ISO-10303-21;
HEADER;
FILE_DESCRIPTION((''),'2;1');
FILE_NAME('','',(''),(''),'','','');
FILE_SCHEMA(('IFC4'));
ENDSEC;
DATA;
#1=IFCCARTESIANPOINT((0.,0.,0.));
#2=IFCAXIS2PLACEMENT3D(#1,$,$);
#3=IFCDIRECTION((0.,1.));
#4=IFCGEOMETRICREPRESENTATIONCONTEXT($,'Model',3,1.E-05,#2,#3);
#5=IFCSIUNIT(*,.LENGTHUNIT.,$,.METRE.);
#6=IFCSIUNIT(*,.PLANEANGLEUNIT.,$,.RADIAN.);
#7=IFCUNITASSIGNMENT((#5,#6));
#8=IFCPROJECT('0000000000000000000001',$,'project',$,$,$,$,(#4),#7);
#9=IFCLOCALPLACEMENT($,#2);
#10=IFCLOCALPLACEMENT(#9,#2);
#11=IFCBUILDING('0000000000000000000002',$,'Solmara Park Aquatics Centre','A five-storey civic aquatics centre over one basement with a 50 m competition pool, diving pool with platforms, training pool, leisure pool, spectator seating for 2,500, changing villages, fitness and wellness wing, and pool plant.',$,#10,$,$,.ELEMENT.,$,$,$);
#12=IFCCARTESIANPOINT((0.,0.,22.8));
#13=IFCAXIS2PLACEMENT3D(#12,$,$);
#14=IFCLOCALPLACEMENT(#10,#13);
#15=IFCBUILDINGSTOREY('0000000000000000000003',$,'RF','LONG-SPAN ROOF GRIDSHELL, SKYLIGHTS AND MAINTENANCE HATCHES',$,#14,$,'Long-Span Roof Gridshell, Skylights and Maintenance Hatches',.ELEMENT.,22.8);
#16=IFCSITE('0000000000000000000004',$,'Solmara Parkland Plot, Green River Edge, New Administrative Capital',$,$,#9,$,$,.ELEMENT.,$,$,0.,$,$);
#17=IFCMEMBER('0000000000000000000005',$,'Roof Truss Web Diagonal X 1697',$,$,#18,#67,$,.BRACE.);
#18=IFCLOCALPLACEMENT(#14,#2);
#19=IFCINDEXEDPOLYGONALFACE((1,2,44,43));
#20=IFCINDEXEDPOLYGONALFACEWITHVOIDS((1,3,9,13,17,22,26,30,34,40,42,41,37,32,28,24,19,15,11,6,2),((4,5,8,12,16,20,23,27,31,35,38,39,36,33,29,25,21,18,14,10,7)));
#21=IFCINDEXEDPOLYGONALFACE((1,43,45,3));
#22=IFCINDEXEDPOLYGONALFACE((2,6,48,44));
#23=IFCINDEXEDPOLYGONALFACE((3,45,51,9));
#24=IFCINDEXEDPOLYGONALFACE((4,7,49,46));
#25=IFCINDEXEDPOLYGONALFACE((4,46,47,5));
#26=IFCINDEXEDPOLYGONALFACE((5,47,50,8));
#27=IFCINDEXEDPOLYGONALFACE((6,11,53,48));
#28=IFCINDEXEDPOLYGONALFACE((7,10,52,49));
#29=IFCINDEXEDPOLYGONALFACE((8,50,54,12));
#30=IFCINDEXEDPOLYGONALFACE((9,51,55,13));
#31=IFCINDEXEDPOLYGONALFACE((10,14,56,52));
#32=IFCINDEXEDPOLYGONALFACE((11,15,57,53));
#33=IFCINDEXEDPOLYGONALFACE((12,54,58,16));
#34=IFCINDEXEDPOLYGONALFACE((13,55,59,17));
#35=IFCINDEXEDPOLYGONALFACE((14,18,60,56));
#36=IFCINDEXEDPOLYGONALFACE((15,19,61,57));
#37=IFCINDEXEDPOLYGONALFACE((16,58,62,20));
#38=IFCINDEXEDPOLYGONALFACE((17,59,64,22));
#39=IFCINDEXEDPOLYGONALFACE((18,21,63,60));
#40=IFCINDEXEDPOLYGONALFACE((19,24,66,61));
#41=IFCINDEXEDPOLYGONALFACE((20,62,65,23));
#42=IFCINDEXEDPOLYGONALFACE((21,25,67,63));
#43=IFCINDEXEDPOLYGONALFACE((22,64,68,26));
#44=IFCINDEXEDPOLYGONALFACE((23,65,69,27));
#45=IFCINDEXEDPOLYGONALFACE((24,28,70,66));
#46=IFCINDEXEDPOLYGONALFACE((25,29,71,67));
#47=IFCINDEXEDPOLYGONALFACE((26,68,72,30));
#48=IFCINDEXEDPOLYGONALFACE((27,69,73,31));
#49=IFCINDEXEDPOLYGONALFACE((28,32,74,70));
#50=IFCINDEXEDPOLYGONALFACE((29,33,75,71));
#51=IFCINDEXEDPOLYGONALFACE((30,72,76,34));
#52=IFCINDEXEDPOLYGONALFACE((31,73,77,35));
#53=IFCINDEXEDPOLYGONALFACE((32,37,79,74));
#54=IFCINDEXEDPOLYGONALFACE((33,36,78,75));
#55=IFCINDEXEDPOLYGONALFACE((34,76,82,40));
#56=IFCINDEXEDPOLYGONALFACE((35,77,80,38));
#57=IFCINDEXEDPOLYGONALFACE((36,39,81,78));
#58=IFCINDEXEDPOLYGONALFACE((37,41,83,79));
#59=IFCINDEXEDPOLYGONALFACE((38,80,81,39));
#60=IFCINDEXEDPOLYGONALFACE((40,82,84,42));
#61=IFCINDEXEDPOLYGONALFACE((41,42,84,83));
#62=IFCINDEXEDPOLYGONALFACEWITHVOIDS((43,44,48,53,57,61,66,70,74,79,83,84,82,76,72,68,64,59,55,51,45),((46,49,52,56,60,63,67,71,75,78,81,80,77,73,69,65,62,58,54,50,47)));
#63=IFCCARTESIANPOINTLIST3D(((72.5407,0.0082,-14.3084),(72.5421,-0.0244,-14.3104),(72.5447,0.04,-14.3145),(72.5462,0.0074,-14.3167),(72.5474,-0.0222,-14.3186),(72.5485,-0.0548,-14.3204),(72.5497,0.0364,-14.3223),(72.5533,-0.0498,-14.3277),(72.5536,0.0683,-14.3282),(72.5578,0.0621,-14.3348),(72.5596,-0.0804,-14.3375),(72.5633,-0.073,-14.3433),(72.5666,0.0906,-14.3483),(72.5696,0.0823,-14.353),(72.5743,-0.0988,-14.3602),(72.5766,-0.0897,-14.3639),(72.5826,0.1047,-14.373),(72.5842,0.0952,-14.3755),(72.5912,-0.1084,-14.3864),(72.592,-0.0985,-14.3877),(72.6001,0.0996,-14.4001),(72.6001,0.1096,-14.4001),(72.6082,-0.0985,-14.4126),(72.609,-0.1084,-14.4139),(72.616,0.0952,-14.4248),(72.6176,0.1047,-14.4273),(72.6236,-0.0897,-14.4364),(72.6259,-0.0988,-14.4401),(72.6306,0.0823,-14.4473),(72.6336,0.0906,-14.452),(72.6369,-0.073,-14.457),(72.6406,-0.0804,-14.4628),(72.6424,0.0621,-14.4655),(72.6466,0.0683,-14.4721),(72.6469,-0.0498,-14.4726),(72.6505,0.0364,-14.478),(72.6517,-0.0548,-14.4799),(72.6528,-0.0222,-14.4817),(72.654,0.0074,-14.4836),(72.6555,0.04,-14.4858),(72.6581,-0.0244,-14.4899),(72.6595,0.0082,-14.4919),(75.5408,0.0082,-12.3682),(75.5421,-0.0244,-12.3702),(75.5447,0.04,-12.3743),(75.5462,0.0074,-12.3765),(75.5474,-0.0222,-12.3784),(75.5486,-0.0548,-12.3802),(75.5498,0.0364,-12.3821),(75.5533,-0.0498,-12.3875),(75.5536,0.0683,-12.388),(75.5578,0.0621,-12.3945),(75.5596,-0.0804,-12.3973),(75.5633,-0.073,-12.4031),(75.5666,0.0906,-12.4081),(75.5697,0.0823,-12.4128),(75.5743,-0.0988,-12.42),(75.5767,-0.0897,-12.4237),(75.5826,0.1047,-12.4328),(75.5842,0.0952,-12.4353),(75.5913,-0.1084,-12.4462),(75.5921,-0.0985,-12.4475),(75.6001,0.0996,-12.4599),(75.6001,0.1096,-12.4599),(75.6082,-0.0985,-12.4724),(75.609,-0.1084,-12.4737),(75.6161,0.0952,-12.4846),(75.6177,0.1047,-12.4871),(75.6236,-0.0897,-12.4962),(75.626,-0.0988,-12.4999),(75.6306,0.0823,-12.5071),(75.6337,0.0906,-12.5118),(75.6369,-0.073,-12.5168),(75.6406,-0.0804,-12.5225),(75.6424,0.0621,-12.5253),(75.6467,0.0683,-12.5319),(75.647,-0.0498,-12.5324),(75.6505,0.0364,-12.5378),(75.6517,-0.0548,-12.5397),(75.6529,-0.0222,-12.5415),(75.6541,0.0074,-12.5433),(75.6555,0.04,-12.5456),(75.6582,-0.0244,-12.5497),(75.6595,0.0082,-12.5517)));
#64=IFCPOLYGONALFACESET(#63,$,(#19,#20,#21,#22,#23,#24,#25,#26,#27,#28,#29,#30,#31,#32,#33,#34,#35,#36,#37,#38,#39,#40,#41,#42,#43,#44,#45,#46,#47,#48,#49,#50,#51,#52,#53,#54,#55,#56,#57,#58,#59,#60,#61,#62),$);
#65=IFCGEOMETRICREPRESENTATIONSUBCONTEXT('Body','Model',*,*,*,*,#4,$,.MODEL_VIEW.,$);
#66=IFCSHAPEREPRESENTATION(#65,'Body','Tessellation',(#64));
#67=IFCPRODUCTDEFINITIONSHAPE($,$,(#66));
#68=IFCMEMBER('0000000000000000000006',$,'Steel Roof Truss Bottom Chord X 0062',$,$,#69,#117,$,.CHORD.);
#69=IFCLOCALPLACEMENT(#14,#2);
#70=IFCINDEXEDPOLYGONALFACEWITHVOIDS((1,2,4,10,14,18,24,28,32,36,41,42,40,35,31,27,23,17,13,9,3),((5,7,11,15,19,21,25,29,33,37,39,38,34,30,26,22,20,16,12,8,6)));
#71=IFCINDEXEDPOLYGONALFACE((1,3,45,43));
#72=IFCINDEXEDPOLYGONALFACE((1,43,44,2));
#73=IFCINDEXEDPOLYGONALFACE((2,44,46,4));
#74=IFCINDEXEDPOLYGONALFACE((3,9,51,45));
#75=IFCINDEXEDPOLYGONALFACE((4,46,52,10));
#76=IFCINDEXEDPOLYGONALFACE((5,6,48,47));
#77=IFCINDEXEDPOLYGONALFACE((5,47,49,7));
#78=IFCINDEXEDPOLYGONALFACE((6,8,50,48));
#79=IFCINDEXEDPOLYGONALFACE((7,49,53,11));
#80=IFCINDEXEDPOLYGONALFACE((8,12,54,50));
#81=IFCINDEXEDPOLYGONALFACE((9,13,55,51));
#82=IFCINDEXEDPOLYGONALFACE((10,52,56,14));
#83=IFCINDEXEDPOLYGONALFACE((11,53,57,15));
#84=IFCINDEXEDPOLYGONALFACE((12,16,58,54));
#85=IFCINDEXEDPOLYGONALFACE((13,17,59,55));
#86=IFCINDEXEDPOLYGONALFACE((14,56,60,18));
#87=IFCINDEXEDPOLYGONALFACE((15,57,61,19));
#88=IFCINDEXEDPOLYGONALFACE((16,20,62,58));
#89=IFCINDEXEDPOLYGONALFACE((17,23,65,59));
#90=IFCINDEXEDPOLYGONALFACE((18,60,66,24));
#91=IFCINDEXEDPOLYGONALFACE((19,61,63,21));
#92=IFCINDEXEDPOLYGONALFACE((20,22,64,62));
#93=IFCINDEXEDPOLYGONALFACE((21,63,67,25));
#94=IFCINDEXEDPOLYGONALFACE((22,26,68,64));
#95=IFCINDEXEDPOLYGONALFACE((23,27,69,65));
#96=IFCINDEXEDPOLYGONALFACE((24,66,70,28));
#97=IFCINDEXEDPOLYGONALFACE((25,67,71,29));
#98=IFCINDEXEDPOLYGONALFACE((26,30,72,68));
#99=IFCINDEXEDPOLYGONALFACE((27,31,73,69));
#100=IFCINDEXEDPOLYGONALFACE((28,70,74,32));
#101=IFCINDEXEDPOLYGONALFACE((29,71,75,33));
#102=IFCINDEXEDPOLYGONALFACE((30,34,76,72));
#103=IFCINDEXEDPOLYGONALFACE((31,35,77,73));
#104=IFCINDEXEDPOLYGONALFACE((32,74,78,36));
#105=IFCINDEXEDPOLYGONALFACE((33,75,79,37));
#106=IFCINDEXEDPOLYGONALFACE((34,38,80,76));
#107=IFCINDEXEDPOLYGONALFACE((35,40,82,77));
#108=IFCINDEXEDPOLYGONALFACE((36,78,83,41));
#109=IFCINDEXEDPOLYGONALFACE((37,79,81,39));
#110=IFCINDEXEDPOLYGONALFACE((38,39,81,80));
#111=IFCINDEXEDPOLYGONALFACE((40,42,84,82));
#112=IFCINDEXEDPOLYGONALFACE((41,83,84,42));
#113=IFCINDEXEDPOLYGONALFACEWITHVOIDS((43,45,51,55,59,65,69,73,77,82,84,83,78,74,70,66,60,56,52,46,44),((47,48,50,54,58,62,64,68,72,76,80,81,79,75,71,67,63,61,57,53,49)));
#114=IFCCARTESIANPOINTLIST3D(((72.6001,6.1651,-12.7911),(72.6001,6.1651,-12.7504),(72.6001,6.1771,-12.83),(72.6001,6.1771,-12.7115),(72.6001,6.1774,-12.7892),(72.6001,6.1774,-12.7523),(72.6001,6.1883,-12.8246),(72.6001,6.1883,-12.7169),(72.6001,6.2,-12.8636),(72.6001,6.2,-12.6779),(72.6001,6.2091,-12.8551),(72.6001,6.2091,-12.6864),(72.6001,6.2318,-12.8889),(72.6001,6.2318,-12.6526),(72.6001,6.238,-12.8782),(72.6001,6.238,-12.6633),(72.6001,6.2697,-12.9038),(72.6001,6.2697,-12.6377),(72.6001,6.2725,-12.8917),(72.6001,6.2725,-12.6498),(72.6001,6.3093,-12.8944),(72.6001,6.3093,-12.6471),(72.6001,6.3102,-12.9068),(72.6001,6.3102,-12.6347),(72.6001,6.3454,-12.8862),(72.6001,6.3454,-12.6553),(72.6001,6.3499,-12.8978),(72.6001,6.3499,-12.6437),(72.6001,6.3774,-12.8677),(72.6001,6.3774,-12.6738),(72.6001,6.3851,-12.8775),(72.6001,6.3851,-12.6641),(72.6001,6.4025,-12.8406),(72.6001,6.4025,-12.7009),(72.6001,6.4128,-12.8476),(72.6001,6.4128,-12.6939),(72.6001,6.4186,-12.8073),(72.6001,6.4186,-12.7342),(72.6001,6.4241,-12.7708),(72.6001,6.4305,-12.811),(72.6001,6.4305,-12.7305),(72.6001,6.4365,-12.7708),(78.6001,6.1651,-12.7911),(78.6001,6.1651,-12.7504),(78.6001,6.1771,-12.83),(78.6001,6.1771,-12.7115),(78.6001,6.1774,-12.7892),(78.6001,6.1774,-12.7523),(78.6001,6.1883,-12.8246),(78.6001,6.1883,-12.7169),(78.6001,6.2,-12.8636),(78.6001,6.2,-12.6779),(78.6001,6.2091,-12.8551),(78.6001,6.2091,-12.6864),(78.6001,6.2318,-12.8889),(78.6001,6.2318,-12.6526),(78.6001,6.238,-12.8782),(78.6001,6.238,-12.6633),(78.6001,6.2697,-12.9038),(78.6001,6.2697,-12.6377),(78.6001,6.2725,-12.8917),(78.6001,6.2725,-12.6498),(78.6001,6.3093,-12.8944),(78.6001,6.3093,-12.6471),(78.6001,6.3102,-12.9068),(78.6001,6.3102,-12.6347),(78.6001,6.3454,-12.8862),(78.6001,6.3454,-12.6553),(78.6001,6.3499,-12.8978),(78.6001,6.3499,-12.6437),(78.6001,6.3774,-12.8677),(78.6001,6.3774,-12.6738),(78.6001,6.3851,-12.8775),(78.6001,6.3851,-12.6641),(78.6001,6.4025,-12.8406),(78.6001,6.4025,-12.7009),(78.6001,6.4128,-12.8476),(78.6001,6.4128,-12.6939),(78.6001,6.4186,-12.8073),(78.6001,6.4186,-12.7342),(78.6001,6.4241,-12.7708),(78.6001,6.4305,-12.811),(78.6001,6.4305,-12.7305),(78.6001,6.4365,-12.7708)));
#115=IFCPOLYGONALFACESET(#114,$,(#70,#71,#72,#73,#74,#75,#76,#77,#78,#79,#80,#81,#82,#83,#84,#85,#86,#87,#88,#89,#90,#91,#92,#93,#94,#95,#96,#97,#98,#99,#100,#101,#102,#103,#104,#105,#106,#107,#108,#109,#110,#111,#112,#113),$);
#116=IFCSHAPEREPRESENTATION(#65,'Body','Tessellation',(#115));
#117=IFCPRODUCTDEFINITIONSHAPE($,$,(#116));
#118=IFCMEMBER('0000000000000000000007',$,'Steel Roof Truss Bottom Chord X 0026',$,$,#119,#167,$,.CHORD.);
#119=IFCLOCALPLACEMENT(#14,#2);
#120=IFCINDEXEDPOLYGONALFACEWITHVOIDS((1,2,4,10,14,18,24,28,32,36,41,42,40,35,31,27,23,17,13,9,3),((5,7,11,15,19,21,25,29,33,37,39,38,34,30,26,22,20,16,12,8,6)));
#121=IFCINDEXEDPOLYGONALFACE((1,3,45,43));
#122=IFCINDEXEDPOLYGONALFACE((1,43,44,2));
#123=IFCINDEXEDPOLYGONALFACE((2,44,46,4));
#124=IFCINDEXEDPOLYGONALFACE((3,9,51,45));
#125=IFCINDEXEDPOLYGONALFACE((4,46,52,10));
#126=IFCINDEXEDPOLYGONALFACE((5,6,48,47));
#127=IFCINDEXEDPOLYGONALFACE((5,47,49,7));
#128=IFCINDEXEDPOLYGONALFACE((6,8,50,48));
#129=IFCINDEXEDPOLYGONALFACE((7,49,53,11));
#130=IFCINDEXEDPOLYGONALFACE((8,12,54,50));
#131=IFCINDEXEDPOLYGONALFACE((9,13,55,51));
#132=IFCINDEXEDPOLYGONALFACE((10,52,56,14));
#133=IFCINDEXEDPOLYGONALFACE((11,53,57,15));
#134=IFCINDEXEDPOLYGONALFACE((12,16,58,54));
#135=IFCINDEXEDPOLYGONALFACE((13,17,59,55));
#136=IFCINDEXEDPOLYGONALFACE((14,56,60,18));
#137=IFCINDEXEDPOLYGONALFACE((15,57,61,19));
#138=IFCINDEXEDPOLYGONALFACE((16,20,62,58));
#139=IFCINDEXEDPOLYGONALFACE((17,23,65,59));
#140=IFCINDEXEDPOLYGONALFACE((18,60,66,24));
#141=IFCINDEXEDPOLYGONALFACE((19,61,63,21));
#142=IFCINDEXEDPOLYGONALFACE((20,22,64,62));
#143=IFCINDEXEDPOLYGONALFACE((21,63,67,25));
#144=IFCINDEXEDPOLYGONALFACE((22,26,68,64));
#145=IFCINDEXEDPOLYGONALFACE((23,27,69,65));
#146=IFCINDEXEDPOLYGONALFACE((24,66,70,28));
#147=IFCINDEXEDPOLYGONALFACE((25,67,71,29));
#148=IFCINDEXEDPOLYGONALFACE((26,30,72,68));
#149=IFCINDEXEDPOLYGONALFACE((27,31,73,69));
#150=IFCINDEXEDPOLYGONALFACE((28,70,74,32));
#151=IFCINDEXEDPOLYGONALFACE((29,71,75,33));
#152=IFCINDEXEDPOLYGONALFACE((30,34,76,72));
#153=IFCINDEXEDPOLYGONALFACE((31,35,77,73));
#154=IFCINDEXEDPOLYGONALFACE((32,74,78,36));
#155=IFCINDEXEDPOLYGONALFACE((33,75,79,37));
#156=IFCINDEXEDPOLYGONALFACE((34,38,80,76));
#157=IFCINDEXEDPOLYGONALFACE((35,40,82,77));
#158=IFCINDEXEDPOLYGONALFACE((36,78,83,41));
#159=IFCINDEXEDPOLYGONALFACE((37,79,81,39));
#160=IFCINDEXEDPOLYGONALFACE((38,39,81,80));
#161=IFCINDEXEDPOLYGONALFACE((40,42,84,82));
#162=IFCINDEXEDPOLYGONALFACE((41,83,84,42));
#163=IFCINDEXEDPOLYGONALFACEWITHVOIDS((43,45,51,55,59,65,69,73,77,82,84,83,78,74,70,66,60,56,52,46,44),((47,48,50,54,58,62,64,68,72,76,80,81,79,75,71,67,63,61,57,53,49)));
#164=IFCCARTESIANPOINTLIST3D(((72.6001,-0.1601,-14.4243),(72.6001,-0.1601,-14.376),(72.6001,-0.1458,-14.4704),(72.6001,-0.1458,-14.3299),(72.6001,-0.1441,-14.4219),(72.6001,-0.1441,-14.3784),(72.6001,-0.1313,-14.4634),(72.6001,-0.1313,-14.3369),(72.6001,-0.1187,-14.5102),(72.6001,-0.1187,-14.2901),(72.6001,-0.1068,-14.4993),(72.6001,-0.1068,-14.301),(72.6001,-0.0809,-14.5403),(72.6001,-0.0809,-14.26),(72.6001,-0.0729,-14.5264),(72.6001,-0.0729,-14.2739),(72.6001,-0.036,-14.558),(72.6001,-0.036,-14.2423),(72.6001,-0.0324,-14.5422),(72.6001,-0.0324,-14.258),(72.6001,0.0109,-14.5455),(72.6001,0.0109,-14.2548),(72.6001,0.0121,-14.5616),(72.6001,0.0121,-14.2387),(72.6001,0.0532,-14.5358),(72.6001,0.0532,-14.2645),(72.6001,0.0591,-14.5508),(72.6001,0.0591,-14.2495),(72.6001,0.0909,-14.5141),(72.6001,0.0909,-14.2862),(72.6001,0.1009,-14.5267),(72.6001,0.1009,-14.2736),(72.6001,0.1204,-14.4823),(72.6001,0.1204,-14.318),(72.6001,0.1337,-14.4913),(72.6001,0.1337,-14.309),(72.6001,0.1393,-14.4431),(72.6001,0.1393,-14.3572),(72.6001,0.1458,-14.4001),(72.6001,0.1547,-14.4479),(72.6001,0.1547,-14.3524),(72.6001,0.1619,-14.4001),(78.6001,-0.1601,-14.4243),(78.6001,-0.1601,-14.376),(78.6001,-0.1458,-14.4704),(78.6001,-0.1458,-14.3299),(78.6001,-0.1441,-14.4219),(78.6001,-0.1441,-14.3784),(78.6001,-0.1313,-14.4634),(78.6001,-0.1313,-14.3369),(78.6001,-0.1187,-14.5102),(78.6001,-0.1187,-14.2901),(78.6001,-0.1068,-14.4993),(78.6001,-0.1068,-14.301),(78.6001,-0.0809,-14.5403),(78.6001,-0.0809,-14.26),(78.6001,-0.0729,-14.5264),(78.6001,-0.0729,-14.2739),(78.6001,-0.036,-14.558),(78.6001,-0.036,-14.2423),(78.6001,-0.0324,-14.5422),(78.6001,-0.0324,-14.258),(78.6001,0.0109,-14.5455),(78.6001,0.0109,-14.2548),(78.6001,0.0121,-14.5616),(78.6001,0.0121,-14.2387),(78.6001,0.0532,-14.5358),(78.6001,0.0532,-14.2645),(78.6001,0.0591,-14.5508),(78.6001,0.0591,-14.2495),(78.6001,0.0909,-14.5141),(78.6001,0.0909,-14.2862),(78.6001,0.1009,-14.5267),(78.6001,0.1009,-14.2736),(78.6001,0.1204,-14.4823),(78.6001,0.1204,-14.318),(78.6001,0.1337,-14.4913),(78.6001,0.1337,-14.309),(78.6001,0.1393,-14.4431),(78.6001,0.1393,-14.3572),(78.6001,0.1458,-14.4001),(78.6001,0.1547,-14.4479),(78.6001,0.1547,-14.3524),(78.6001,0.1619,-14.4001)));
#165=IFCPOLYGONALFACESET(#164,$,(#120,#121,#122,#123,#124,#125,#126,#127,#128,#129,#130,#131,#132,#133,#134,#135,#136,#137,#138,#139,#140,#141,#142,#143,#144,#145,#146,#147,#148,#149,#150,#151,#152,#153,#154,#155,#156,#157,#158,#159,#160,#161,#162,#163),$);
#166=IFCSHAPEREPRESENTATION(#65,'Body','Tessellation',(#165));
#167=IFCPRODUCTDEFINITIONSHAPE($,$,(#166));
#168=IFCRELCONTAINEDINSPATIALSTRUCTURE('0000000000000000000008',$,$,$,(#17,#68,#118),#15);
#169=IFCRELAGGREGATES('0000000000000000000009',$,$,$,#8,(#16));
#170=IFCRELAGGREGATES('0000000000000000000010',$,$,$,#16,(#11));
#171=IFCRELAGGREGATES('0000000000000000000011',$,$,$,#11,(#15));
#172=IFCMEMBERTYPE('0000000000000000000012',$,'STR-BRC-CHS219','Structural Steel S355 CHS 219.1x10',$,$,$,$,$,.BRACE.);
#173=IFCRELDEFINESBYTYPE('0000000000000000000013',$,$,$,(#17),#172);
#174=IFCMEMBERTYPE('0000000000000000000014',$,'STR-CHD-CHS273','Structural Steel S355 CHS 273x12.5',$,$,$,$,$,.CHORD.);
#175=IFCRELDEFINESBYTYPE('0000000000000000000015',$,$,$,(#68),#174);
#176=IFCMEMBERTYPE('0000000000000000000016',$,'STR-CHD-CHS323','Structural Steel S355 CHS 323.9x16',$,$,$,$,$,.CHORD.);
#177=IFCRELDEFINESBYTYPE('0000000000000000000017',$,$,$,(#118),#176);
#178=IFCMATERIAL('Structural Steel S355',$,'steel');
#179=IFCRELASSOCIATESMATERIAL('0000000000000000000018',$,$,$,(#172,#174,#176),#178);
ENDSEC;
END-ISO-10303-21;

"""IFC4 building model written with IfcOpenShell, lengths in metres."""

from ifc_helpers import new_model, si_unit, direction, frame, origin, origin_2d, place, context, subcontext, project, spatial, hollow_circle, extrude, material, material_profile, profile_set, type_object, element, save


model = new_model("IFC4")

# Units and contexts
model_context = context("Model", 3, precision=1e-05, world=origin(), true_north=direction((0.0, 1.0)))
body_context = subcontext(model_context, "Body", "Model", "MODEL_VIEW")
ifc_project = project(units=[si_unit("LENGTHUNIT", "METRE"), si_unit("PLANEANGLEUNIT", "RADIAN")], contexts=[model_context])

# Site, building, storey
site_placement = place(None, origin())
site = spatial("IfcSite", under=ifc_project, at=site_placement, Name="Solmara Parkland Plot, Green River Edge, New Administrative Capital", CompositionType="ELEMENT", RefElevation=0.0)
building_placement = place(site_placement, origin())
building = spatial("IfcBuilding", under=site, at=building_placement, Name="Solmara Park Aquatics Centre", Description="A five-storey civic aquatics centre over one basement with a 50 m competition pool, diving pool with platforms, training pool, leisure pool, spectator seating for 2,500, changing villages, fitness and wellness wing, and pool plant.", CompositionType="ELEMENT")
storey_placement = place(building_placement, frame((0.0, 0.0, 22.8)))
storey = spatial("IfcBuildingStorey", under=building, at=storey_placement, Name="RF", Description="LONG-SPAN ROOF GRIDSHELL, SKYLIGHTS AND MAINTENANCE HATCHES", LongName="Long-Span Roof Gridshell, Skylights and Maintenance Hatches", CompositionType="ELEMENT", Elevation=22.8)

# Members
ifc_material_1 = material(Name="Structural Steel S355", Category="steel")
ifc_material_profile_1 = material_profile(ifc_material_1, hollow_circle(Radius=0.1096, WallThickness=0.01, at=origin_2d()), Name="CHS 219.1x10")
ifc_profile_set_1 = profile_set([ifc_material_profile_1], Name="Structural Steel S355")
member_type_1 = type_object("IfcMemberType", Name="STR-BRC-CHS219", Description="Structural Steel S355 CHS 219.1x10", PredefinedType="BRACE", material=ifc_profile_set_1)
for number, where, z_axis, x_axis, name in (
    (1, (72.6001, 0.0, -14.4001), (0.839697, 0.0, 0.543056), (0.0, 1.0, 0.0), "Roof Truss Web Diagonal X 1697"),
):
    element("IfcMember", number, at=place(storey_placement, frame(where, z_axis=z_axis, x_axis=x_axis)), inside=storey, type_object=member_type_1, Name=name, PredefinedType="BRACE", context=body_context, shape_type="SweptSolid", body=[
        extrude(hollow_circle(Radius=0.1096, WallThickness=0.01, at=origin_2d()), origin(), (0.0, 0.0, 1.0), 3.5728),
    ])
ifc_material_profile_2 = material_profile(ifc_material_1, hollow_circle(Radius=0.1365, WallThickness=0.0125, at=origin_2d()), Name="CHS 273x12.5")
ifc_profile_set_2 = profile_set([ifc_material_profile_2], Name="Structural Steel S355")
member_type_2 = type_object("IfcMemberType", Name="STR-CHD-CHS273", Description="Structural Steel S355 CHS 273x12.5", PredefinedType="CHORD", material=ifc_profile_set_2)
member_1_placement = place(storey_placement, frame((72.6001, 6.3, -12.7708), z_axis=(1.0, 0.0, 0.0), x_axis=(0.0, 1.0, 0.0)))
element("IfcMember", 2, at=member_1_placement, inside=storey, type_object=member_type_2, Name="Steel Roof Truss Bottom Chord X 0062", PredefinedType="CHORD", context=body_context, shape_type="SweptSolid", body=[
    extrude(hollow_circle(Radius=0.1365, WallThickness=0.0125, at=origin_2d()), origin(), (0.0, 0.0, 1.0), 6.0),
])
ifc_material_profile_3 = material_profile(ifc_material_1, hollow_circle(Radius=0.1619, WallThickness=0.0161, at=origin_2d()), Name="CHS 323.9x16")
ifc_profile_set_3 = profile_set([ifc_material_profile_3], Name="Structural Steel S355")
member_type_3 = type_object("IfcMemberType", Name="STR-CHD-CHS323", Description="Structural Steel S355 CHS 323.9x16", PredefinedType="CHORD", material=ifc_profile_set_3)
member_2_placement = place(storey_placement, frame((72.6001, 0.0, -14.4001), z_axis=(1.0, 0.0, 0.0), x_axis=(0.0, 1.0, 0.0)))
element("IfcMember", 3, at=member_2_placement, inside=storey, type_object=member_type_3, Name="Steel Roof Truss Bottom Chord X 0026", PredefinedType="CHORD", context=body_context, shape_type="SweptSolid", body=[
    extrude(hollow_circle(Radius=0.1619, WallThickness=0.0161, at=origin_2d()), origin(), (0.0, 0.0, 1.0), 6.0),
])

save(model, "model.ifc")
